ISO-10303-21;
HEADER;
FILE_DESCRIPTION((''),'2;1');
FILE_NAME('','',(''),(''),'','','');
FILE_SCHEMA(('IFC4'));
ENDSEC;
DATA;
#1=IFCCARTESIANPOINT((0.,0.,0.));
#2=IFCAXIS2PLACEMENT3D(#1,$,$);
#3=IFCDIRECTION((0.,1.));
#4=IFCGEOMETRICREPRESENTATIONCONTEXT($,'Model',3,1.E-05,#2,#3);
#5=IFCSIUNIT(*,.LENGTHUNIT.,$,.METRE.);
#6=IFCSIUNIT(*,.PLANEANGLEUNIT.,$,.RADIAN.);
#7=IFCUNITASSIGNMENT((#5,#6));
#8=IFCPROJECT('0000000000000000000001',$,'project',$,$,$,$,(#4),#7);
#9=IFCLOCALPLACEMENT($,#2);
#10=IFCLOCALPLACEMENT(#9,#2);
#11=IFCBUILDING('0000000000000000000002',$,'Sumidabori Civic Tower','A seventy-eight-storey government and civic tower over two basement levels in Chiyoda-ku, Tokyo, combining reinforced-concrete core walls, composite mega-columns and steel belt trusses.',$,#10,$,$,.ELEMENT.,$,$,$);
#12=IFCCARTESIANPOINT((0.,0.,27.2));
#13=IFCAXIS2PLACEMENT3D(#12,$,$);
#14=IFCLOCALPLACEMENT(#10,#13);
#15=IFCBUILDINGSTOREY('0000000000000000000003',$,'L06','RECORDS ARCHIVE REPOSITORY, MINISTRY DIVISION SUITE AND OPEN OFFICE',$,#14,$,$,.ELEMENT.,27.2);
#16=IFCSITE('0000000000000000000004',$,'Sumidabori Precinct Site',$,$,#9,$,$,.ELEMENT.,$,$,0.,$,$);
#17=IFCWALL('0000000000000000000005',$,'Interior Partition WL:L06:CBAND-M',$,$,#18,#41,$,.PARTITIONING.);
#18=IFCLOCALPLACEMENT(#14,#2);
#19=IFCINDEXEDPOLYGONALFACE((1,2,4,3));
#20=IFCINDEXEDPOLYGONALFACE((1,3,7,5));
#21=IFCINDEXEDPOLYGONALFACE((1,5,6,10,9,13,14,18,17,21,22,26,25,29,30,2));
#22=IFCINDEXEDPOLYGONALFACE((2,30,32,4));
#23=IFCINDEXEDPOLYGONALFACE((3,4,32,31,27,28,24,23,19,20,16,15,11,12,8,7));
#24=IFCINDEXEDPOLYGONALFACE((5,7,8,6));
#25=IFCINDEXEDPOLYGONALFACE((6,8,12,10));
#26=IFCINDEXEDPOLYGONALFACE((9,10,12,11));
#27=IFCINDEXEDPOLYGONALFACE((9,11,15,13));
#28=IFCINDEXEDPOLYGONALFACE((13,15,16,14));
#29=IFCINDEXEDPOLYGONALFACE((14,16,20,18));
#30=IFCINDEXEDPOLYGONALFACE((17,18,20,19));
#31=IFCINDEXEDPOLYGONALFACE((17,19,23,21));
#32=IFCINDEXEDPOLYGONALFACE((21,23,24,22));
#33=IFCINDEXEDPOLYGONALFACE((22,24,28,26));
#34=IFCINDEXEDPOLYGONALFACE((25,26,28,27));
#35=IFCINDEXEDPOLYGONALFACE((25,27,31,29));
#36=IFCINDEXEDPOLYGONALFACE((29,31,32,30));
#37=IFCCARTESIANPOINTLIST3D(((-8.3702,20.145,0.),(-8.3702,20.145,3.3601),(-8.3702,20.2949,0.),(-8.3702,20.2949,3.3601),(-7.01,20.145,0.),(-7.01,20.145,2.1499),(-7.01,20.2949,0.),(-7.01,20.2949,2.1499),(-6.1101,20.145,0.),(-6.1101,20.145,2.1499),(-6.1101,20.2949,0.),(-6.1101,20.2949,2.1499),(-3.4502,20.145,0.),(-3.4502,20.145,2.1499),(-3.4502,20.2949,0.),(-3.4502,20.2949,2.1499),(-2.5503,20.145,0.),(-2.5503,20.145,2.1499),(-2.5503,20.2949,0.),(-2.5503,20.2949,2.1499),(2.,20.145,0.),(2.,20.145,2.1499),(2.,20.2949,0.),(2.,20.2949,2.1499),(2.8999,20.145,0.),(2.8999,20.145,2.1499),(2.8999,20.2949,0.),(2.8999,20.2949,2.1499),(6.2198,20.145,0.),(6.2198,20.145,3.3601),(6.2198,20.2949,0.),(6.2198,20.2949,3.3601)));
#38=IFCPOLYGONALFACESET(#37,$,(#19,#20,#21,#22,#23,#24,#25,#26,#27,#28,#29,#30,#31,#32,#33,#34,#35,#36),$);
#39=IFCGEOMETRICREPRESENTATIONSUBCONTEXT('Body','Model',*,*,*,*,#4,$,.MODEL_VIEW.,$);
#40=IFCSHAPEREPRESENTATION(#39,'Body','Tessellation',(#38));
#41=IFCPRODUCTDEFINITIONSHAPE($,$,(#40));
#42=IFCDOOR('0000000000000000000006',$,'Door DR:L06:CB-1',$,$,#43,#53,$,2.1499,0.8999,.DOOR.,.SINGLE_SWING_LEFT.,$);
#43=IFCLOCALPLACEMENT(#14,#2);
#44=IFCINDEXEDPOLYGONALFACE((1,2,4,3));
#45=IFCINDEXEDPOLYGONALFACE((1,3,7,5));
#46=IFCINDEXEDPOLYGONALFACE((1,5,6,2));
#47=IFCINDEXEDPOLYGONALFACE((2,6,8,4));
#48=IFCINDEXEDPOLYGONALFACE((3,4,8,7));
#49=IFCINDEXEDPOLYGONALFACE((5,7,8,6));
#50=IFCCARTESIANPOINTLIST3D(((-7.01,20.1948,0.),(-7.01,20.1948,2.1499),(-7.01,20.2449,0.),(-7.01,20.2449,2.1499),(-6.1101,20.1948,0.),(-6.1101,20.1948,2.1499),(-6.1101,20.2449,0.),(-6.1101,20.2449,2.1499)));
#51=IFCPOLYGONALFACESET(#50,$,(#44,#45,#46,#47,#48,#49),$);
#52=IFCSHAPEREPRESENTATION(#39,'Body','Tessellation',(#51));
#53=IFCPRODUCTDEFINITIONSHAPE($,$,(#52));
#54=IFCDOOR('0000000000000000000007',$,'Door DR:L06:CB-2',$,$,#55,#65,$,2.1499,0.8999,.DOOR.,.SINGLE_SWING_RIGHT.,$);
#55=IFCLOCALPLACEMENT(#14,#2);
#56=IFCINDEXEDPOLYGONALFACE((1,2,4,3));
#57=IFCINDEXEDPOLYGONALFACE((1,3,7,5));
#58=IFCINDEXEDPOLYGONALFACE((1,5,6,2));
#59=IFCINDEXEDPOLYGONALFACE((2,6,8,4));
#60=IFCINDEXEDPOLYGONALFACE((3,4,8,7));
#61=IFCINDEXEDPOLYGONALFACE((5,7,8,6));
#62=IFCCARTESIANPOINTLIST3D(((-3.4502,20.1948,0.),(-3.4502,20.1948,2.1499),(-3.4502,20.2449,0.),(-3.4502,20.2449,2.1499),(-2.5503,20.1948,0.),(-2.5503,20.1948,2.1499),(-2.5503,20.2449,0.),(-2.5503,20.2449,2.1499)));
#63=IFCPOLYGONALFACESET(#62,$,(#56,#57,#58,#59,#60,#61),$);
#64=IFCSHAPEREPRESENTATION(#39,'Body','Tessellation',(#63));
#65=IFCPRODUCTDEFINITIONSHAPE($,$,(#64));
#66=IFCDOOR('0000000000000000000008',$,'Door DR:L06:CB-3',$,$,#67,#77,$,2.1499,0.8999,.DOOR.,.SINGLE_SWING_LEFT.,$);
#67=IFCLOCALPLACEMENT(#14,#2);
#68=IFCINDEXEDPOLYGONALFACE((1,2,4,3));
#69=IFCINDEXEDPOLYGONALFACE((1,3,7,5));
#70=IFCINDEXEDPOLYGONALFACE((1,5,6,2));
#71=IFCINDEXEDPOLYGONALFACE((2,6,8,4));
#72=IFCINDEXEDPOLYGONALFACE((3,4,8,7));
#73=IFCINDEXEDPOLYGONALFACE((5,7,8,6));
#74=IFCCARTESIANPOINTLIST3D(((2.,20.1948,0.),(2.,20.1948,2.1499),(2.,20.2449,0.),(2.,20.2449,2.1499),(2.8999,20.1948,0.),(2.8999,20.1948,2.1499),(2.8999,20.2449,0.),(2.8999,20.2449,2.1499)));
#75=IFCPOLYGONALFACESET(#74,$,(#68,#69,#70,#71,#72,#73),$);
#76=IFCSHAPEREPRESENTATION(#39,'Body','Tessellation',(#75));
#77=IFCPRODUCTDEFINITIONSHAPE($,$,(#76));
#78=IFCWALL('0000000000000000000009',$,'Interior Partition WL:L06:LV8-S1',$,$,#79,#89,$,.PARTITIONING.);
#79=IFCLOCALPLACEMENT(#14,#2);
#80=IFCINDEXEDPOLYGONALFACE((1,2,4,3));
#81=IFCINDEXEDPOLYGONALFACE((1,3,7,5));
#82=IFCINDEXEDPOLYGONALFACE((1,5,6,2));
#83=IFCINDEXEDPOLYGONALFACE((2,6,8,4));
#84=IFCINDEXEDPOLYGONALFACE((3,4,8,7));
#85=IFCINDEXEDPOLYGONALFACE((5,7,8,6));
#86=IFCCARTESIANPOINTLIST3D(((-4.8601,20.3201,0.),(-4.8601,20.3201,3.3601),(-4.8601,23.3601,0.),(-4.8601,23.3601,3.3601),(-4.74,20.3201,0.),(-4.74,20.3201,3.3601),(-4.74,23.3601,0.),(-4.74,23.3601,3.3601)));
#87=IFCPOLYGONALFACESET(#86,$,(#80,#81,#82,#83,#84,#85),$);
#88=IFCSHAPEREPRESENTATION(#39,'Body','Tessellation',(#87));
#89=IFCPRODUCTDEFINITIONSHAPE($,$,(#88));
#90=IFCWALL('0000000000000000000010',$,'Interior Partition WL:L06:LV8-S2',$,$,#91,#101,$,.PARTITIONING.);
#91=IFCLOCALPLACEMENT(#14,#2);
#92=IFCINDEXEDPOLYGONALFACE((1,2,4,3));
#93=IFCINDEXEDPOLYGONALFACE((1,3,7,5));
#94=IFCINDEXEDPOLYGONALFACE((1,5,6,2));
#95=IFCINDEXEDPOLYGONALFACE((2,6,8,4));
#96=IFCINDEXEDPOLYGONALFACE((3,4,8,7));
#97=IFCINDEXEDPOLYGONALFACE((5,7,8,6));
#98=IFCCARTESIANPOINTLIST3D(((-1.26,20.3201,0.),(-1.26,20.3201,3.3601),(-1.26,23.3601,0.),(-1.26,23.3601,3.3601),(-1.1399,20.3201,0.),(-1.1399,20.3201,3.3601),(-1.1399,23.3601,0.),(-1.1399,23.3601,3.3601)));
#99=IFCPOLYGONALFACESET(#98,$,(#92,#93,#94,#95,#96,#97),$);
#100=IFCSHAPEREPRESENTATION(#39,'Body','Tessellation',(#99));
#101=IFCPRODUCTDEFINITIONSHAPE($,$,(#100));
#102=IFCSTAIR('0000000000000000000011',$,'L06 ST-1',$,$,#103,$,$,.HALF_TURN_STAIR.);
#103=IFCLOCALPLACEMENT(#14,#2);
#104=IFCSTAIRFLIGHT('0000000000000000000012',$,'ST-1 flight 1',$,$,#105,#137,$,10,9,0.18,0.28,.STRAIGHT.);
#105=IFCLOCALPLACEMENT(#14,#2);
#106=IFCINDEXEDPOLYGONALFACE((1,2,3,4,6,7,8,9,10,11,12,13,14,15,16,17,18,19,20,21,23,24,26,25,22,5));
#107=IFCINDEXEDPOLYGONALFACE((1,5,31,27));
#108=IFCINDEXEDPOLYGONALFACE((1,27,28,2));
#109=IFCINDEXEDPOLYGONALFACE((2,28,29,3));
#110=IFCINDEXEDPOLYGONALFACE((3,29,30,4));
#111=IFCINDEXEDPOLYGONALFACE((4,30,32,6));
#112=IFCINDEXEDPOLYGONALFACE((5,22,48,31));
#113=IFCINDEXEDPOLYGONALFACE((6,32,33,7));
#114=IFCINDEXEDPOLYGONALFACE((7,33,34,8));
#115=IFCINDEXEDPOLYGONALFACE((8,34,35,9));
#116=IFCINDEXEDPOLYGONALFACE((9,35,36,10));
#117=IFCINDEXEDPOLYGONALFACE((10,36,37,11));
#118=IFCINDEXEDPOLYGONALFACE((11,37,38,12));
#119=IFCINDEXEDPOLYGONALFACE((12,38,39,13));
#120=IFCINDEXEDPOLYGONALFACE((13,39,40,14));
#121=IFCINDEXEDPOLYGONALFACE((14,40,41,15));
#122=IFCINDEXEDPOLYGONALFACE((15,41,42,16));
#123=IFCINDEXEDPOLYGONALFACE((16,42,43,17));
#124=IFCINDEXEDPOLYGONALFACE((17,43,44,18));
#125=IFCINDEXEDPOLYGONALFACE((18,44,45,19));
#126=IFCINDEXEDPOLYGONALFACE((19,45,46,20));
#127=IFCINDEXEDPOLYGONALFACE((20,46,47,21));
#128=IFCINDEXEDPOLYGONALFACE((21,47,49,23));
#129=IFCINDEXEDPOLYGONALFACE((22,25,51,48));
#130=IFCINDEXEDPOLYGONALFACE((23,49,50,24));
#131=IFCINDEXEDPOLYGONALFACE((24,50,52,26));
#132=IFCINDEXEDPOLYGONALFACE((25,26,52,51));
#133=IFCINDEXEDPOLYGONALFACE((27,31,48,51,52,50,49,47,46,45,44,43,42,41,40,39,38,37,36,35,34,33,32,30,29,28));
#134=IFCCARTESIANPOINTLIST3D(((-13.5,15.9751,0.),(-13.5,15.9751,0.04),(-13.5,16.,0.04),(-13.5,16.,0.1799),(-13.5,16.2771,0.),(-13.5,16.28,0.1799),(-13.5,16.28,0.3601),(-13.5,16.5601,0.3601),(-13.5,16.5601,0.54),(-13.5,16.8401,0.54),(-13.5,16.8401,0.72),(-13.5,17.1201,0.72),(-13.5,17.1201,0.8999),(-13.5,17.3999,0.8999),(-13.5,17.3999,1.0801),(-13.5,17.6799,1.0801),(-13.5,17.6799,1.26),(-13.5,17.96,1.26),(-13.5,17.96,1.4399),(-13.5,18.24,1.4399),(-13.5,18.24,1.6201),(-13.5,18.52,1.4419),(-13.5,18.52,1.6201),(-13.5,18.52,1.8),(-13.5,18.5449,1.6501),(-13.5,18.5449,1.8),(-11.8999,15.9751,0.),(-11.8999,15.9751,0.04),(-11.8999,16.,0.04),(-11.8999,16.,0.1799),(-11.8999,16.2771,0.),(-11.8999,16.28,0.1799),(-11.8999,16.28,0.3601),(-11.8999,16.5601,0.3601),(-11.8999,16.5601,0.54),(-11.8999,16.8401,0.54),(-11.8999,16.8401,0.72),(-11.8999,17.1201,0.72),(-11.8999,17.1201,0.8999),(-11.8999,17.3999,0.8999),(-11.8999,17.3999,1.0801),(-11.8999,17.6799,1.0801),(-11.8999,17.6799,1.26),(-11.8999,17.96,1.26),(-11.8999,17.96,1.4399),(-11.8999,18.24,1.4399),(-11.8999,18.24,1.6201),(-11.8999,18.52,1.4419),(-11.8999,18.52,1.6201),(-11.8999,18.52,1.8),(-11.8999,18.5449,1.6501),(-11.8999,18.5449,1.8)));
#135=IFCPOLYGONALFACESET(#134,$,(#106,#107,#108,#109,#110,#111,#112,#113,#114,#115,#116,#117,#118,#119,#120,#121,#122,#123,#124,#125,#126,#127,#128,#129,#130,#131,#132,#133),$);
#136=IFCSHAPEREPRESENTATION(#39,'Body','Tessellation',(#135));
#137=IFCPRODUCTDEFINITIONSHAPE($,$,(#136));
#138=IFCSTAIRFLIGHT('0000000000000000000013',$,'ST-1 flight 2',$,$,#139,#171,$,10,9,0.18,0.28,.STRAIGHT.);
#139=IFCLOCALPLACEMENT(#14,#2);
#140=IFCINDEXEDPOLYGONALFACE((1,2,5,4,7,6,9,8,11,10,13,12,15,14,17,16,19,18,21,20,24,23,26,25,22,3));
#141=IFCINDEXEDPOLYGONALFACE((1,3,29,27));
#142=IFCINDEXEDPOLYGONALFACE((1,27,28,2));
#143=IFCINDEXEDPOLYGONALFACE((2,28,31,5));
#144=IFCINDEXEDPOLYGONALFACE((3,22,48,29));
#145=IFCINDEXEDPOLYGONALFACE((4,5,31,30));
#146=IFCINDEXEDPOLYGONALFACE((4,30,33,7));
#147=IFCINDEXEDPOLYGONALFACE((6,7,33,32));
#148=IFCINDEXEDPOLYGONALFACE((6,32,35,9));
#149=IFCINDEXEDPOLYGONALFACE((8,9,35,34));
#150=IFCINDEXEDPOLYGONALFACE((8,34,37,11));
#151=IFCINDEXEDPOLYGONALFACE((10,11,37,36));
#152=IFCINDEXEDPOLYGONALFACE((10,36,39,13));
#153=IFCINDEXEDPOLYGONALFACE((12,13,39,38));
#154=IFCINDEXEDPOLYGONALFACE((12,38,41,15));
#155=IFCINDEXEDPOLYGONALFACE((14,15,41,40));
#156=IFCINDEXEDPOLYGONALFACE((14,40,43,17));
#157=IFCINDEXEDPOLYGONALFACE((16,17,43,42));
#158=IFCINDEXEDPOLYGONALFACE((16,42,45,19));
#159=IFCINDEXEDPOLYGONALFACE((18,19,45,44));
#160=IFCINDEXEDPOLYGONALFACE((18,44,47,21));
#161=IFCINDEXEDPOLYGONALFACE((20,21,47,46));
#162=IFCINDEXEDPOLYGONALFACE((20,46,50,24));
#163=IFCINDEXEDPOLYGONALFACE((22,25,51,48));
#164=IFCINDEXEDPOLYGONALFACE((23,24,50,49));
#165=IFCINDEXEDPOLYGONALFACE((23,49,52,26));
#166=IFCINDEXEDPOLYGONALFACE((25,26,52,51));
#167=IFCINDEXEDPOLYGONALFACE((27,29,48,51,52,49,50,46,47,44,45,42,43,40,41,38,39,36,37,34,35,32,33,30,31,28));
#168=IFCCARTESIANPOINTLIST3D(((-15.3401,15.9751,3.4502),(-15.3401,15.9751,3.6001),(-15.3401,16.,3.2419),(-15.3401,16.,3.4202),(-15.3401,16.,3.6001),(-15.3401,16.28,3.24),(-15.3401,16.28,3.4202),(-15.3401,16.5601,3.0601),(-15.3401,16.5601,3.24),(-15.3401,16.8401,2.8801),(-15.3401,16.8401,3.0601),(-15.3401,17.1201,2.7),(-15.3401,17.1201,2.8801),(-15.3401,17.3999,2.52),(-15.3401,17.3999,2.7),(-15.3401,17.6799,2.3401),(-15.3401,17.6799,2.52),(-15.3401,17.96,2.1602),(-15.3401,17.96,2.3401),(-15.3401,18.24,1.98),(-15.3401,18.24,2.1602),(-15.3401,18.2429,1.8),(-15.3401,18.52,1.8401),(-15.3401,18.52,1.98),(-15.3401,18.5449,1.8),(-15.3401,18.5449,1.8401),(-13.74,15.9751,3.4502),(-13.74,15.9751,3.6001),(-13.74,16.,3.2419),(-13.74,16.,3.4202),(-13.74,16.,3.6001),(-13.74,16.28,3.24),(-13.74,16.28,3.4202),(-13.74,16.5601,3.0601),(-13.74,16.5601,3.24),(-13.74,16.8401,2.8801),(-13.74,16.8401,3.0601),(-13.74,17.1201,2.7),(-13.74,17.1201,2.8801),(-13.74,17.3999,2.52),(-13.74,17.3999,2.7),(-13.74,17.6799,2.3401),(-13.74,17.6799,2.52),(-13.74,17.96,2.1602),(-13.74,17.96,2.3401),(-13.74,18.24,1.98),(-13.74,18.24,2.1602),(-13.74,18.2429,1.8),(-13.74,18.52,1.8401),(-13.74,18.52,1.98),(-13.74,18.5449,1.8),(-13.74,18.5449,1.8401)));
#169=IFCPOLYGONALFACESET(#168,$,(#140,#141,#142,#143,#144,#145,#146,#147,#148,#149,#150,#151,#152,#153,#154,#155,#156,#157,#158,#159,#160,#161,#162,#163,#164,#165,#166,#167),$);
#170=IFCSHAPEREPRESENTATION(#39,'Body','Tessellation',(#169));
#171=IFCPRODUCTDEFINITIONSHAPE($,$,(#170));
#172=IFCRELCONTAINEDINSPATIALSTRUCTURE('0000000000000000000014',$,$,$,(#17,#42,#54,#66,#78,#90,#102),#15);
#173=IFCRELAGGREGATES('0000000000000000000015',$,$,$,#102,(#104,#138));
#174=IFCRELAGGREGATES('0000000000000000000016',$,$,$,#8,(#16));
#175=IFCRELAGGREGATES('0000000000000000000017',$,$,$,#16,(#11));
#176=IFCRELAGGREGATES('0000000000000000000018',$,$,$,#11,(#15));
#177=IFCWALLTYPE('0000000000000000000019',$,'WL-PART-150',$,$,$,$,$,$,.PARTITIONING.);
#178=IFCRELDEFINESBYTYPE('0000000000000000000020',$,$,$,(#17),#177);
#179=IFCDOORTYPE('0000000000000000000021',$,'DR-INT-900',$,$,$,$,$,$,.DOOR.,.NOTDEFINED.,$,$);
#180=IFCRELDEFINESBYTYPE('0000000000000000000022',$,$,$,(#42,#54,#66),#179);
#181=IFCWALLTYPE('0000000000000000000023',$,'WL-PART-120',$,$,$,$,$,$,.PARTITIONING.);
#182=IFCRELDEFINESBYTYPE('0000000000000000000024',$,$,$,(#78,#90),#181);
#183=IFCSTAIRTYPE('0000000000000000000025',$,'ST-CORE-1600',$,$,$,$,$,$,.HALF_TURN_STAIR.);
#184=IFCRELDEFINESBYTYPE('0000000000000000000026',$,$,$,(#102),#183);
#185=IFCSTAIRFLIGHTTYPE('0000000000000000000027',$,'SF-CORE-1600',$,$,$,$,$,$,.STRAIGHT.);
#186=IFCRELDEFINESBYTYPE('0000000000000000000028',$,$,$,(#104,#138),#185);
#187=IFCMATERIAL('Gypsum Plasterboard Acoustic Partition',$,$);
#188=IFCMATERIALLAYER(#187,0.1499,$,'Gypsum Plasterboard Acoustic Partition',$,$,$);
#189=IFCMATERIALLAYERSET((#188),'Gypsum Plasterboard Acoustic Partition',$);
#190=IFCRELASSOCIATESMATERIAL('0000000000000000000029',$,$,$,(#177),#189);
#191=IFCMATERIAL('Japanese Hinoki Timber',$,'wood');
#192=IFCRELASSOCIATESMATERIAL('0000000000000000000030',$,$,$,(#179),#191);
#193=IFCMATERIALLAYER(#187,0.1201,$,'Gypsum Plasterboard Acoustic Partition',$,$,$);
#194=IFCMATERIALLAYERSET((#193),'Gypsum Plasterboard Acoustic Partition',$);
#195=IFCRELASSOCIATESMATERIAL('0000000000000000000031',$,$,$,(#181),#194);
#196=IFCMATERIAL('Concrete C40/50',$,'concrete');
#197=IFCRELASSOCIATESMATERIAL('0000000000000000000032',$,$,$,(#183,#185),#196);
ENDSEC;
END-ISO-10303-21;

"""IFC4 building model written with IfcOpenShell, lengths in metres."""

from ifc_helpers import new_model, si_unit, direction, frame, frame_2d, origin, place, context, subcontext, project, spatial, polyline, rectangle, outline, extrude, source, transform, mapped, material, layer, layer_set, type_object, element, fill, aggregate, save


model = new_model("IFC4")

# Units and contexts
model_context = context("Model", 3, precision=1e-05, world=origin(), true_north=direction((0.0, 1.0)))
body_context = subcontext(model_context, "Body", "Model", "MODEL_VIEW")
ifc_project = project(units=[si_unit("LENGTHUNIT", "METRE"), si_unit("PLANEANGLEUNIT", "RADIAN")], contexts=[model_context])

# Site, building, storey
site_placement = place(None, origin())
site = spatial("IfcSite", under=ifc_project, at=site_placement, Name="Sumidabori Precinct Site", CompositionType="ELEMENT", RefElevation=0.0)
building_placement = place(site_placement, origin())
building = spatial("IfcBuilding", under=site, at=building_placement, Name="Sumidabori Civic Tower", Description="A seventy-eight-storey government and civic tower over two basement levels in Chiyoda-ku, Tokyo, combining reinforced-concrete core walls, composite mega-columns and steel belt trusses.", CompositionType="ELEMENT")
storey_placement = place(building_placement, frame((0.0, 0.0, 27.2)))
storey = spatial("IfcBuildingStorey", under=building, at=storey_placement, Name="L06", Description="RECORDS ARCHIVE REPOSITORY, MINISTRY DIVISION SUITE AND OPEN OFFICE", CompositionType="ELEMENT", Elevation=27.2)

# Wall, openings, doors
ifc_material_1 = material(Name="Gypsum Plasterboard Acoustic Partition")
ifc_layer_1 = layer(ifc_material_1, 0.1499, Name="Gypsum Plasterboard Acoustic Partition")
ifc_layer_set_1 = layer_set([ifc_layer_1], Name="Gypsum Plasterboard Acoustic Partition")
wall_type_1 = type_object("IfcWallType", Name="WL-PART-150", PredefinedType="PARTITIONING", material=ifc_layer_set_1)
shared_shape_1 = source(origin(), body_context, "Body", "SweptSolid", [
    extrude(rectangle(XDim=14.5901, YDim=0.1499, at=frame_2d((7.2949, 0.0))), origin(), (0.0, 0.0, 1.0), 3.3601),
])
wall_1_placement = place(storey_placement, frame((-8.3701, 20.22, 0.0), z_axis=(0.0, 0.0, 1.0), x_axis=(1.0, 0.0, 0.0)))
wall_1 = element("IfcWall", 1, at=wall_1_placement, inside=storey, type_object=wall_type_1, Name="Interior Partition WL:L06:CBAND-M", PredefinedType="PARTITIONING", context=body_context, shape_type="MappedRepresentation", body=[
    mapped(shared_shape_1, transform((0.0, 0.0, 0.0), x_axis=(1.0, 0.0, 0.0), y_axis=(0.0, 1.0, 0.0), z_axis=(0.0, 0.0, 1.0), scale=1.0)),
])
opening_1_placement = place(wall_1_placement, frame((1.3601, 0.0, 0.0)))
opening_1 = element("IfcOpeningElement", 2, at=opening_1_placement, cuts=wall_1, PredefinedType="OPENING", context=body_context, shape_type="SweptSolid", body=[
    extrude(rectangle(XDim=0.8999, YDim=2.1499, at=frame_2d((0.45, 1.075))), frame((0.0, 0.0869, 0.0), z_axis=(0.0, -1.0, 0.0), x_axis=(1.0, 0.0, 0.0)), (0.0, 0.0, 1.0), 0.1738),
])
opening_2_placement = place(wall_1_placement, frame((4.9199, 0.0, 0.0)))
opening_2 = element("IfcOpeningElement", 3, at=opening_2_placement, cuts=wall_1, PredefinedType="OPENING", context=body_context, shape_type="SweptSolid", body=[
    extrude(rectangle(XDim=0.8999, YDim=2.1499, at=frame_2d((0.45, 1.075))), frame((0.0, 0.0869, 0.0), z_axis=(0.0, -1.0, 0.0), x_axis=(1.0, 0.0, 0.0)), (0.0, 0.0, 1.0), 0.1738),
])
opening_3_placement = place(wall_1_placement, frame((10.3701, 0.0, 0.0)))
opening_3 = element("IfcOpeningElement", 4, at=opening_3_placement, cuts=wall_1, PredefinedType="OPENING", context=body_context, shape_type="SweptSolid", body=[
    extrude(rectangle(XDim=0.8999, YDim=2.1499, at=frame_2d((0.45, 1.075))), frame((0.0, 0.0869, 0.0), z_axis=(0.0, -1.0, 0.0), x_axis=(1.0, 0.0, 0.0)), (0.0, 0.0, 1.0), 0.1738),
])
ifc_material_2 = material(Name="Japanese Hinoki Timber", Category="wood")
door_type = type_object("IfcDoorType", Name="DR-INT-900", OperationType="NOTDEFINED", PredefinedType="DOOR", material=ifc_material_2)
shared_shape_2 = source(origin(), body_context, "Body", "SweptSolid", [
    extrude(rectangle(XDim=0.8999, YDim=2.1499, at=frame_2d((0.45, 1.075))), frame((0.0, 0.0249, 0.0), z_axis=(0.0, -1.0, 0.0), x_axis=(1.0, 0.0, 0.0)), (0.0, 0.0, 1.0), 0.05),
])
door_1_placement = place(opening_1_placement, origin())
door_1 = element("IfcDoor", 5, at=door_1_placement, inside=storey, type_object=door_type, Name="Door DR:L06:CB-1", OperationType="SINGLE_SWING_LEFT", OverallHeight=2.1499, OverallWidth=0.8999, PredefinedType="DOOR", context=body_context, shape_type="MappedRepresentation", body=[
    mapped(shared_shape_2, transform((0.0, 0.0, 0.0), x_axis=(1.0, 0.0, 0.0), y_axis=(0.0, 1.0, 0.0), z_axis=(0.0, 0.0, 1.0), scale=1.0)),
])
fill(opening_1, door_1)
door_2_placement = place(opening_2_placement, origin())
door_2 = element("IfcDoor", 6, at=door_2_placement, inside=storey, type_object=door_type, Name="Door DR:L06:CB-2", OperationType="SINGLE_SWING_RIGHT", OverallHeight=2.1499, OverallWidth=0.8999, PredefinedType="DOOR", context=body_context, shape_type="MappedRepresentation", body=[
    mapped(shared_shape_2, transform((0.0, 0.0, 0.0), x_axis=(1.0, 0.0, 0.0), y_axis=(0.0, 1.0, 0.0), z_axis=(0.0, 0.0, 1.0), scale=1.0)),
])
fill(opening_2, door_2)
door_3_placement = place(opening_3_placement, origin())
door_3 = element("IfcDoor", 7, at=door_3_placement, inside=storey, type_object=door_type, Name="Door DR:L06:CB-3", OperationType="SINGLE_SWING_LEFT", OverallHeight=2.1499, OverallWidth=0.8999, PredefinedType="DOOR", context=body_context, shape_type="MappedRepresentation", body=[
    mapped(shared_shape_2, transform((0.0, 0.0, 0.0), x_axis=(1.0, 0.0, 0.0), y_axis=(0.0, 1.0, 0.0), z_axis=(0.0, 0.0, 1.0), scale=1.0)),
])
fill(opening_3, door_3)

# Walls
ifc_layer_2 = layer(ifc_material_1, 0.1201, Name="Gypsum Plasterboard Acoustic Partition")
ifc_layer_set_2 = layer_set([ifc_layer_2], Name="Gypsum Plasterboard Acoustic Partition")
wall_type_2 = type_object("IfcWallType", Name="WL-PART-120", PredefinedType="PARTITIONING", material=ifc_layer_set_2)
shared_shape_3 = source(origin(), body_context, "Body", "SweptSolid", [
    extrude(rectangle(XDim=3.04, YDim=0.1201, at=frame_2d((1.52, 0.0))), origin(), (0.0, 0.0, 1.0), 3.3601),
])
for number, where, z_axis, x_axis, name in (
    (8, (-4.8, 20.3201, 0.0), (0.0, 0.0, 1.0), (0.0, 1.0, 0.0), "Interior Partition WL:L06:LV8-S1"),
    (9, (-1.2, 20.3201, 0.0), (0.0, 0.0, 1.0), (0.0, 1.0, 0.0), "Interior Partition WL:L06:LV8-S2"),
):
    element("IfcWall", number, at=place(storey_placement, frame(where, z_axis=z_axis, x_axis=x_axis)), inside=storey, type_object=wall_type_2, Name=name, PredefinedType="PARTITIONING", context=body_context, shape_type="MappedRepresentation", body=[
        mapped(shared_shape_3, transform((0.0, 0.0, 0.0), x_axis=(1.0, 0.0, 0.0), y_axis=(0.0, 1.0, 0.0), z_axis=(0.0, 0.0, 1.0), scale=1.0)),
    ])

# Stair, stair flights
ifc_material_3 = material(Name="Concrete C40/50", Category="concrete")
stair_type = type_object("IfcStairType", Name="ST-CORE-1600", PredefinedType="HALF_TURN_STAIR", material=ifc_material_3)
stair_placement = place(storey_placement, origin())
stair = element("IfcStair", 10, at=stair_placement, inside=storey, type_object=stair_type, Name="L06 ST-1", PredefinedType="HALF_TURN_STAIR")
stair_flight_type = type_object("IfcStairFlightType", Name="SF-CORE-1600", PredefinedType="STRAIGHT", material=ifc_material_3)
shared_shape_4 = source(origin(), body_context, "Body", "SweptSolid", [
    extrude(outline(polyline([(-0.0249, 0.0), (-0.0249, 0.04), (0.0, 0.04), (0.0, 0.1799), (0.28, 0.1799), (0.28, 0.3601), (0.5601, 0.3601), (0.5601, 0.54), (0.8401, 0.54), (0.8401, 0.72), (1.1201, 0.72), (1.1201, 0.8999), (1.3999, 0.8999), (1.3999, 1.0801), (1.6799, 1.0801), (1.6799, 1.26), (1.96, 1.26), (1.96, 1.4399), (2.24, 1.4399), (2.24, 1.6201), (2.52, 1.6201), (2.52, 1.8), (2.5449, 1.8), (2.5449, 1.6501), (2.52, 1.4419), (0.2771, 0.0), (-0.0249, 0.0)])), frame((0.0, 0.8, 0.0), z_axis=(0.0, -1.0, 0.0), x_axis=(1.0, 0.0, 0.0)), (0.0, 0.0, 1.0), 1.6001),
])
stair_flight_1_placement = place(storey_placement, frame((-12.7, 16.0, 0.0), z_axis=(0.0, 0.0, 1.0), x_axis=(0.0, 1.0, 0.0)))
stair_flight_1 = element("IfcStairFlight", 11, at=stair_flight_1_placement, type_object=stair_flight_type, Name="ST-1 flight 1", NumberOfRisers=10, NumberOfTreads=9, PredefinedType="STRAIGHT", RiserHeight=0.18, TreadLength=0.28, context=body_context, shape_type="MappedRepresentation", body=[
    mapped(shared_shape_4, transform((0.0, 0.0, 0.0), x_axis=(1.0, 0.0, 0.0), y_axis=(0.0, 1.0, 0.0), z_axis=(0.0, 0.0, 1.0), scale=1.0)),
])
stair_flight_2_placement = place(storey_placement, frame((-14.54, 18.52, 1.8), z_axis=(0.0, 0.0, 1.0), x_axis=(0.0, -1.0, 0.0)))
stair_flight_2 = element("IfcStairFlight", 12, at=stair_flight_2_placement, type_object=stair_flight_type, Name="ST-1 flight 2", NumberOfRisers=10, NumberOfTreads=9, PredefinedType="STRAIGHT", RiserHeight=0.18, TreadLength=0.28, context=body_context, shape_type="MappedRepresentation", body=[
    mapped(shared_shape_4, transform((0.0, 0.0, 0.0), x_axis=(1.0, 0.0, 0.0), y_axis=(0.0, 1.0, 0.0), z_axis=(0.0, 0.0, 1.0), scale=1.0)),
])
aggregate(stair, [stair_flight_1, stair_flight_2])

save(model, "model.ifc")
